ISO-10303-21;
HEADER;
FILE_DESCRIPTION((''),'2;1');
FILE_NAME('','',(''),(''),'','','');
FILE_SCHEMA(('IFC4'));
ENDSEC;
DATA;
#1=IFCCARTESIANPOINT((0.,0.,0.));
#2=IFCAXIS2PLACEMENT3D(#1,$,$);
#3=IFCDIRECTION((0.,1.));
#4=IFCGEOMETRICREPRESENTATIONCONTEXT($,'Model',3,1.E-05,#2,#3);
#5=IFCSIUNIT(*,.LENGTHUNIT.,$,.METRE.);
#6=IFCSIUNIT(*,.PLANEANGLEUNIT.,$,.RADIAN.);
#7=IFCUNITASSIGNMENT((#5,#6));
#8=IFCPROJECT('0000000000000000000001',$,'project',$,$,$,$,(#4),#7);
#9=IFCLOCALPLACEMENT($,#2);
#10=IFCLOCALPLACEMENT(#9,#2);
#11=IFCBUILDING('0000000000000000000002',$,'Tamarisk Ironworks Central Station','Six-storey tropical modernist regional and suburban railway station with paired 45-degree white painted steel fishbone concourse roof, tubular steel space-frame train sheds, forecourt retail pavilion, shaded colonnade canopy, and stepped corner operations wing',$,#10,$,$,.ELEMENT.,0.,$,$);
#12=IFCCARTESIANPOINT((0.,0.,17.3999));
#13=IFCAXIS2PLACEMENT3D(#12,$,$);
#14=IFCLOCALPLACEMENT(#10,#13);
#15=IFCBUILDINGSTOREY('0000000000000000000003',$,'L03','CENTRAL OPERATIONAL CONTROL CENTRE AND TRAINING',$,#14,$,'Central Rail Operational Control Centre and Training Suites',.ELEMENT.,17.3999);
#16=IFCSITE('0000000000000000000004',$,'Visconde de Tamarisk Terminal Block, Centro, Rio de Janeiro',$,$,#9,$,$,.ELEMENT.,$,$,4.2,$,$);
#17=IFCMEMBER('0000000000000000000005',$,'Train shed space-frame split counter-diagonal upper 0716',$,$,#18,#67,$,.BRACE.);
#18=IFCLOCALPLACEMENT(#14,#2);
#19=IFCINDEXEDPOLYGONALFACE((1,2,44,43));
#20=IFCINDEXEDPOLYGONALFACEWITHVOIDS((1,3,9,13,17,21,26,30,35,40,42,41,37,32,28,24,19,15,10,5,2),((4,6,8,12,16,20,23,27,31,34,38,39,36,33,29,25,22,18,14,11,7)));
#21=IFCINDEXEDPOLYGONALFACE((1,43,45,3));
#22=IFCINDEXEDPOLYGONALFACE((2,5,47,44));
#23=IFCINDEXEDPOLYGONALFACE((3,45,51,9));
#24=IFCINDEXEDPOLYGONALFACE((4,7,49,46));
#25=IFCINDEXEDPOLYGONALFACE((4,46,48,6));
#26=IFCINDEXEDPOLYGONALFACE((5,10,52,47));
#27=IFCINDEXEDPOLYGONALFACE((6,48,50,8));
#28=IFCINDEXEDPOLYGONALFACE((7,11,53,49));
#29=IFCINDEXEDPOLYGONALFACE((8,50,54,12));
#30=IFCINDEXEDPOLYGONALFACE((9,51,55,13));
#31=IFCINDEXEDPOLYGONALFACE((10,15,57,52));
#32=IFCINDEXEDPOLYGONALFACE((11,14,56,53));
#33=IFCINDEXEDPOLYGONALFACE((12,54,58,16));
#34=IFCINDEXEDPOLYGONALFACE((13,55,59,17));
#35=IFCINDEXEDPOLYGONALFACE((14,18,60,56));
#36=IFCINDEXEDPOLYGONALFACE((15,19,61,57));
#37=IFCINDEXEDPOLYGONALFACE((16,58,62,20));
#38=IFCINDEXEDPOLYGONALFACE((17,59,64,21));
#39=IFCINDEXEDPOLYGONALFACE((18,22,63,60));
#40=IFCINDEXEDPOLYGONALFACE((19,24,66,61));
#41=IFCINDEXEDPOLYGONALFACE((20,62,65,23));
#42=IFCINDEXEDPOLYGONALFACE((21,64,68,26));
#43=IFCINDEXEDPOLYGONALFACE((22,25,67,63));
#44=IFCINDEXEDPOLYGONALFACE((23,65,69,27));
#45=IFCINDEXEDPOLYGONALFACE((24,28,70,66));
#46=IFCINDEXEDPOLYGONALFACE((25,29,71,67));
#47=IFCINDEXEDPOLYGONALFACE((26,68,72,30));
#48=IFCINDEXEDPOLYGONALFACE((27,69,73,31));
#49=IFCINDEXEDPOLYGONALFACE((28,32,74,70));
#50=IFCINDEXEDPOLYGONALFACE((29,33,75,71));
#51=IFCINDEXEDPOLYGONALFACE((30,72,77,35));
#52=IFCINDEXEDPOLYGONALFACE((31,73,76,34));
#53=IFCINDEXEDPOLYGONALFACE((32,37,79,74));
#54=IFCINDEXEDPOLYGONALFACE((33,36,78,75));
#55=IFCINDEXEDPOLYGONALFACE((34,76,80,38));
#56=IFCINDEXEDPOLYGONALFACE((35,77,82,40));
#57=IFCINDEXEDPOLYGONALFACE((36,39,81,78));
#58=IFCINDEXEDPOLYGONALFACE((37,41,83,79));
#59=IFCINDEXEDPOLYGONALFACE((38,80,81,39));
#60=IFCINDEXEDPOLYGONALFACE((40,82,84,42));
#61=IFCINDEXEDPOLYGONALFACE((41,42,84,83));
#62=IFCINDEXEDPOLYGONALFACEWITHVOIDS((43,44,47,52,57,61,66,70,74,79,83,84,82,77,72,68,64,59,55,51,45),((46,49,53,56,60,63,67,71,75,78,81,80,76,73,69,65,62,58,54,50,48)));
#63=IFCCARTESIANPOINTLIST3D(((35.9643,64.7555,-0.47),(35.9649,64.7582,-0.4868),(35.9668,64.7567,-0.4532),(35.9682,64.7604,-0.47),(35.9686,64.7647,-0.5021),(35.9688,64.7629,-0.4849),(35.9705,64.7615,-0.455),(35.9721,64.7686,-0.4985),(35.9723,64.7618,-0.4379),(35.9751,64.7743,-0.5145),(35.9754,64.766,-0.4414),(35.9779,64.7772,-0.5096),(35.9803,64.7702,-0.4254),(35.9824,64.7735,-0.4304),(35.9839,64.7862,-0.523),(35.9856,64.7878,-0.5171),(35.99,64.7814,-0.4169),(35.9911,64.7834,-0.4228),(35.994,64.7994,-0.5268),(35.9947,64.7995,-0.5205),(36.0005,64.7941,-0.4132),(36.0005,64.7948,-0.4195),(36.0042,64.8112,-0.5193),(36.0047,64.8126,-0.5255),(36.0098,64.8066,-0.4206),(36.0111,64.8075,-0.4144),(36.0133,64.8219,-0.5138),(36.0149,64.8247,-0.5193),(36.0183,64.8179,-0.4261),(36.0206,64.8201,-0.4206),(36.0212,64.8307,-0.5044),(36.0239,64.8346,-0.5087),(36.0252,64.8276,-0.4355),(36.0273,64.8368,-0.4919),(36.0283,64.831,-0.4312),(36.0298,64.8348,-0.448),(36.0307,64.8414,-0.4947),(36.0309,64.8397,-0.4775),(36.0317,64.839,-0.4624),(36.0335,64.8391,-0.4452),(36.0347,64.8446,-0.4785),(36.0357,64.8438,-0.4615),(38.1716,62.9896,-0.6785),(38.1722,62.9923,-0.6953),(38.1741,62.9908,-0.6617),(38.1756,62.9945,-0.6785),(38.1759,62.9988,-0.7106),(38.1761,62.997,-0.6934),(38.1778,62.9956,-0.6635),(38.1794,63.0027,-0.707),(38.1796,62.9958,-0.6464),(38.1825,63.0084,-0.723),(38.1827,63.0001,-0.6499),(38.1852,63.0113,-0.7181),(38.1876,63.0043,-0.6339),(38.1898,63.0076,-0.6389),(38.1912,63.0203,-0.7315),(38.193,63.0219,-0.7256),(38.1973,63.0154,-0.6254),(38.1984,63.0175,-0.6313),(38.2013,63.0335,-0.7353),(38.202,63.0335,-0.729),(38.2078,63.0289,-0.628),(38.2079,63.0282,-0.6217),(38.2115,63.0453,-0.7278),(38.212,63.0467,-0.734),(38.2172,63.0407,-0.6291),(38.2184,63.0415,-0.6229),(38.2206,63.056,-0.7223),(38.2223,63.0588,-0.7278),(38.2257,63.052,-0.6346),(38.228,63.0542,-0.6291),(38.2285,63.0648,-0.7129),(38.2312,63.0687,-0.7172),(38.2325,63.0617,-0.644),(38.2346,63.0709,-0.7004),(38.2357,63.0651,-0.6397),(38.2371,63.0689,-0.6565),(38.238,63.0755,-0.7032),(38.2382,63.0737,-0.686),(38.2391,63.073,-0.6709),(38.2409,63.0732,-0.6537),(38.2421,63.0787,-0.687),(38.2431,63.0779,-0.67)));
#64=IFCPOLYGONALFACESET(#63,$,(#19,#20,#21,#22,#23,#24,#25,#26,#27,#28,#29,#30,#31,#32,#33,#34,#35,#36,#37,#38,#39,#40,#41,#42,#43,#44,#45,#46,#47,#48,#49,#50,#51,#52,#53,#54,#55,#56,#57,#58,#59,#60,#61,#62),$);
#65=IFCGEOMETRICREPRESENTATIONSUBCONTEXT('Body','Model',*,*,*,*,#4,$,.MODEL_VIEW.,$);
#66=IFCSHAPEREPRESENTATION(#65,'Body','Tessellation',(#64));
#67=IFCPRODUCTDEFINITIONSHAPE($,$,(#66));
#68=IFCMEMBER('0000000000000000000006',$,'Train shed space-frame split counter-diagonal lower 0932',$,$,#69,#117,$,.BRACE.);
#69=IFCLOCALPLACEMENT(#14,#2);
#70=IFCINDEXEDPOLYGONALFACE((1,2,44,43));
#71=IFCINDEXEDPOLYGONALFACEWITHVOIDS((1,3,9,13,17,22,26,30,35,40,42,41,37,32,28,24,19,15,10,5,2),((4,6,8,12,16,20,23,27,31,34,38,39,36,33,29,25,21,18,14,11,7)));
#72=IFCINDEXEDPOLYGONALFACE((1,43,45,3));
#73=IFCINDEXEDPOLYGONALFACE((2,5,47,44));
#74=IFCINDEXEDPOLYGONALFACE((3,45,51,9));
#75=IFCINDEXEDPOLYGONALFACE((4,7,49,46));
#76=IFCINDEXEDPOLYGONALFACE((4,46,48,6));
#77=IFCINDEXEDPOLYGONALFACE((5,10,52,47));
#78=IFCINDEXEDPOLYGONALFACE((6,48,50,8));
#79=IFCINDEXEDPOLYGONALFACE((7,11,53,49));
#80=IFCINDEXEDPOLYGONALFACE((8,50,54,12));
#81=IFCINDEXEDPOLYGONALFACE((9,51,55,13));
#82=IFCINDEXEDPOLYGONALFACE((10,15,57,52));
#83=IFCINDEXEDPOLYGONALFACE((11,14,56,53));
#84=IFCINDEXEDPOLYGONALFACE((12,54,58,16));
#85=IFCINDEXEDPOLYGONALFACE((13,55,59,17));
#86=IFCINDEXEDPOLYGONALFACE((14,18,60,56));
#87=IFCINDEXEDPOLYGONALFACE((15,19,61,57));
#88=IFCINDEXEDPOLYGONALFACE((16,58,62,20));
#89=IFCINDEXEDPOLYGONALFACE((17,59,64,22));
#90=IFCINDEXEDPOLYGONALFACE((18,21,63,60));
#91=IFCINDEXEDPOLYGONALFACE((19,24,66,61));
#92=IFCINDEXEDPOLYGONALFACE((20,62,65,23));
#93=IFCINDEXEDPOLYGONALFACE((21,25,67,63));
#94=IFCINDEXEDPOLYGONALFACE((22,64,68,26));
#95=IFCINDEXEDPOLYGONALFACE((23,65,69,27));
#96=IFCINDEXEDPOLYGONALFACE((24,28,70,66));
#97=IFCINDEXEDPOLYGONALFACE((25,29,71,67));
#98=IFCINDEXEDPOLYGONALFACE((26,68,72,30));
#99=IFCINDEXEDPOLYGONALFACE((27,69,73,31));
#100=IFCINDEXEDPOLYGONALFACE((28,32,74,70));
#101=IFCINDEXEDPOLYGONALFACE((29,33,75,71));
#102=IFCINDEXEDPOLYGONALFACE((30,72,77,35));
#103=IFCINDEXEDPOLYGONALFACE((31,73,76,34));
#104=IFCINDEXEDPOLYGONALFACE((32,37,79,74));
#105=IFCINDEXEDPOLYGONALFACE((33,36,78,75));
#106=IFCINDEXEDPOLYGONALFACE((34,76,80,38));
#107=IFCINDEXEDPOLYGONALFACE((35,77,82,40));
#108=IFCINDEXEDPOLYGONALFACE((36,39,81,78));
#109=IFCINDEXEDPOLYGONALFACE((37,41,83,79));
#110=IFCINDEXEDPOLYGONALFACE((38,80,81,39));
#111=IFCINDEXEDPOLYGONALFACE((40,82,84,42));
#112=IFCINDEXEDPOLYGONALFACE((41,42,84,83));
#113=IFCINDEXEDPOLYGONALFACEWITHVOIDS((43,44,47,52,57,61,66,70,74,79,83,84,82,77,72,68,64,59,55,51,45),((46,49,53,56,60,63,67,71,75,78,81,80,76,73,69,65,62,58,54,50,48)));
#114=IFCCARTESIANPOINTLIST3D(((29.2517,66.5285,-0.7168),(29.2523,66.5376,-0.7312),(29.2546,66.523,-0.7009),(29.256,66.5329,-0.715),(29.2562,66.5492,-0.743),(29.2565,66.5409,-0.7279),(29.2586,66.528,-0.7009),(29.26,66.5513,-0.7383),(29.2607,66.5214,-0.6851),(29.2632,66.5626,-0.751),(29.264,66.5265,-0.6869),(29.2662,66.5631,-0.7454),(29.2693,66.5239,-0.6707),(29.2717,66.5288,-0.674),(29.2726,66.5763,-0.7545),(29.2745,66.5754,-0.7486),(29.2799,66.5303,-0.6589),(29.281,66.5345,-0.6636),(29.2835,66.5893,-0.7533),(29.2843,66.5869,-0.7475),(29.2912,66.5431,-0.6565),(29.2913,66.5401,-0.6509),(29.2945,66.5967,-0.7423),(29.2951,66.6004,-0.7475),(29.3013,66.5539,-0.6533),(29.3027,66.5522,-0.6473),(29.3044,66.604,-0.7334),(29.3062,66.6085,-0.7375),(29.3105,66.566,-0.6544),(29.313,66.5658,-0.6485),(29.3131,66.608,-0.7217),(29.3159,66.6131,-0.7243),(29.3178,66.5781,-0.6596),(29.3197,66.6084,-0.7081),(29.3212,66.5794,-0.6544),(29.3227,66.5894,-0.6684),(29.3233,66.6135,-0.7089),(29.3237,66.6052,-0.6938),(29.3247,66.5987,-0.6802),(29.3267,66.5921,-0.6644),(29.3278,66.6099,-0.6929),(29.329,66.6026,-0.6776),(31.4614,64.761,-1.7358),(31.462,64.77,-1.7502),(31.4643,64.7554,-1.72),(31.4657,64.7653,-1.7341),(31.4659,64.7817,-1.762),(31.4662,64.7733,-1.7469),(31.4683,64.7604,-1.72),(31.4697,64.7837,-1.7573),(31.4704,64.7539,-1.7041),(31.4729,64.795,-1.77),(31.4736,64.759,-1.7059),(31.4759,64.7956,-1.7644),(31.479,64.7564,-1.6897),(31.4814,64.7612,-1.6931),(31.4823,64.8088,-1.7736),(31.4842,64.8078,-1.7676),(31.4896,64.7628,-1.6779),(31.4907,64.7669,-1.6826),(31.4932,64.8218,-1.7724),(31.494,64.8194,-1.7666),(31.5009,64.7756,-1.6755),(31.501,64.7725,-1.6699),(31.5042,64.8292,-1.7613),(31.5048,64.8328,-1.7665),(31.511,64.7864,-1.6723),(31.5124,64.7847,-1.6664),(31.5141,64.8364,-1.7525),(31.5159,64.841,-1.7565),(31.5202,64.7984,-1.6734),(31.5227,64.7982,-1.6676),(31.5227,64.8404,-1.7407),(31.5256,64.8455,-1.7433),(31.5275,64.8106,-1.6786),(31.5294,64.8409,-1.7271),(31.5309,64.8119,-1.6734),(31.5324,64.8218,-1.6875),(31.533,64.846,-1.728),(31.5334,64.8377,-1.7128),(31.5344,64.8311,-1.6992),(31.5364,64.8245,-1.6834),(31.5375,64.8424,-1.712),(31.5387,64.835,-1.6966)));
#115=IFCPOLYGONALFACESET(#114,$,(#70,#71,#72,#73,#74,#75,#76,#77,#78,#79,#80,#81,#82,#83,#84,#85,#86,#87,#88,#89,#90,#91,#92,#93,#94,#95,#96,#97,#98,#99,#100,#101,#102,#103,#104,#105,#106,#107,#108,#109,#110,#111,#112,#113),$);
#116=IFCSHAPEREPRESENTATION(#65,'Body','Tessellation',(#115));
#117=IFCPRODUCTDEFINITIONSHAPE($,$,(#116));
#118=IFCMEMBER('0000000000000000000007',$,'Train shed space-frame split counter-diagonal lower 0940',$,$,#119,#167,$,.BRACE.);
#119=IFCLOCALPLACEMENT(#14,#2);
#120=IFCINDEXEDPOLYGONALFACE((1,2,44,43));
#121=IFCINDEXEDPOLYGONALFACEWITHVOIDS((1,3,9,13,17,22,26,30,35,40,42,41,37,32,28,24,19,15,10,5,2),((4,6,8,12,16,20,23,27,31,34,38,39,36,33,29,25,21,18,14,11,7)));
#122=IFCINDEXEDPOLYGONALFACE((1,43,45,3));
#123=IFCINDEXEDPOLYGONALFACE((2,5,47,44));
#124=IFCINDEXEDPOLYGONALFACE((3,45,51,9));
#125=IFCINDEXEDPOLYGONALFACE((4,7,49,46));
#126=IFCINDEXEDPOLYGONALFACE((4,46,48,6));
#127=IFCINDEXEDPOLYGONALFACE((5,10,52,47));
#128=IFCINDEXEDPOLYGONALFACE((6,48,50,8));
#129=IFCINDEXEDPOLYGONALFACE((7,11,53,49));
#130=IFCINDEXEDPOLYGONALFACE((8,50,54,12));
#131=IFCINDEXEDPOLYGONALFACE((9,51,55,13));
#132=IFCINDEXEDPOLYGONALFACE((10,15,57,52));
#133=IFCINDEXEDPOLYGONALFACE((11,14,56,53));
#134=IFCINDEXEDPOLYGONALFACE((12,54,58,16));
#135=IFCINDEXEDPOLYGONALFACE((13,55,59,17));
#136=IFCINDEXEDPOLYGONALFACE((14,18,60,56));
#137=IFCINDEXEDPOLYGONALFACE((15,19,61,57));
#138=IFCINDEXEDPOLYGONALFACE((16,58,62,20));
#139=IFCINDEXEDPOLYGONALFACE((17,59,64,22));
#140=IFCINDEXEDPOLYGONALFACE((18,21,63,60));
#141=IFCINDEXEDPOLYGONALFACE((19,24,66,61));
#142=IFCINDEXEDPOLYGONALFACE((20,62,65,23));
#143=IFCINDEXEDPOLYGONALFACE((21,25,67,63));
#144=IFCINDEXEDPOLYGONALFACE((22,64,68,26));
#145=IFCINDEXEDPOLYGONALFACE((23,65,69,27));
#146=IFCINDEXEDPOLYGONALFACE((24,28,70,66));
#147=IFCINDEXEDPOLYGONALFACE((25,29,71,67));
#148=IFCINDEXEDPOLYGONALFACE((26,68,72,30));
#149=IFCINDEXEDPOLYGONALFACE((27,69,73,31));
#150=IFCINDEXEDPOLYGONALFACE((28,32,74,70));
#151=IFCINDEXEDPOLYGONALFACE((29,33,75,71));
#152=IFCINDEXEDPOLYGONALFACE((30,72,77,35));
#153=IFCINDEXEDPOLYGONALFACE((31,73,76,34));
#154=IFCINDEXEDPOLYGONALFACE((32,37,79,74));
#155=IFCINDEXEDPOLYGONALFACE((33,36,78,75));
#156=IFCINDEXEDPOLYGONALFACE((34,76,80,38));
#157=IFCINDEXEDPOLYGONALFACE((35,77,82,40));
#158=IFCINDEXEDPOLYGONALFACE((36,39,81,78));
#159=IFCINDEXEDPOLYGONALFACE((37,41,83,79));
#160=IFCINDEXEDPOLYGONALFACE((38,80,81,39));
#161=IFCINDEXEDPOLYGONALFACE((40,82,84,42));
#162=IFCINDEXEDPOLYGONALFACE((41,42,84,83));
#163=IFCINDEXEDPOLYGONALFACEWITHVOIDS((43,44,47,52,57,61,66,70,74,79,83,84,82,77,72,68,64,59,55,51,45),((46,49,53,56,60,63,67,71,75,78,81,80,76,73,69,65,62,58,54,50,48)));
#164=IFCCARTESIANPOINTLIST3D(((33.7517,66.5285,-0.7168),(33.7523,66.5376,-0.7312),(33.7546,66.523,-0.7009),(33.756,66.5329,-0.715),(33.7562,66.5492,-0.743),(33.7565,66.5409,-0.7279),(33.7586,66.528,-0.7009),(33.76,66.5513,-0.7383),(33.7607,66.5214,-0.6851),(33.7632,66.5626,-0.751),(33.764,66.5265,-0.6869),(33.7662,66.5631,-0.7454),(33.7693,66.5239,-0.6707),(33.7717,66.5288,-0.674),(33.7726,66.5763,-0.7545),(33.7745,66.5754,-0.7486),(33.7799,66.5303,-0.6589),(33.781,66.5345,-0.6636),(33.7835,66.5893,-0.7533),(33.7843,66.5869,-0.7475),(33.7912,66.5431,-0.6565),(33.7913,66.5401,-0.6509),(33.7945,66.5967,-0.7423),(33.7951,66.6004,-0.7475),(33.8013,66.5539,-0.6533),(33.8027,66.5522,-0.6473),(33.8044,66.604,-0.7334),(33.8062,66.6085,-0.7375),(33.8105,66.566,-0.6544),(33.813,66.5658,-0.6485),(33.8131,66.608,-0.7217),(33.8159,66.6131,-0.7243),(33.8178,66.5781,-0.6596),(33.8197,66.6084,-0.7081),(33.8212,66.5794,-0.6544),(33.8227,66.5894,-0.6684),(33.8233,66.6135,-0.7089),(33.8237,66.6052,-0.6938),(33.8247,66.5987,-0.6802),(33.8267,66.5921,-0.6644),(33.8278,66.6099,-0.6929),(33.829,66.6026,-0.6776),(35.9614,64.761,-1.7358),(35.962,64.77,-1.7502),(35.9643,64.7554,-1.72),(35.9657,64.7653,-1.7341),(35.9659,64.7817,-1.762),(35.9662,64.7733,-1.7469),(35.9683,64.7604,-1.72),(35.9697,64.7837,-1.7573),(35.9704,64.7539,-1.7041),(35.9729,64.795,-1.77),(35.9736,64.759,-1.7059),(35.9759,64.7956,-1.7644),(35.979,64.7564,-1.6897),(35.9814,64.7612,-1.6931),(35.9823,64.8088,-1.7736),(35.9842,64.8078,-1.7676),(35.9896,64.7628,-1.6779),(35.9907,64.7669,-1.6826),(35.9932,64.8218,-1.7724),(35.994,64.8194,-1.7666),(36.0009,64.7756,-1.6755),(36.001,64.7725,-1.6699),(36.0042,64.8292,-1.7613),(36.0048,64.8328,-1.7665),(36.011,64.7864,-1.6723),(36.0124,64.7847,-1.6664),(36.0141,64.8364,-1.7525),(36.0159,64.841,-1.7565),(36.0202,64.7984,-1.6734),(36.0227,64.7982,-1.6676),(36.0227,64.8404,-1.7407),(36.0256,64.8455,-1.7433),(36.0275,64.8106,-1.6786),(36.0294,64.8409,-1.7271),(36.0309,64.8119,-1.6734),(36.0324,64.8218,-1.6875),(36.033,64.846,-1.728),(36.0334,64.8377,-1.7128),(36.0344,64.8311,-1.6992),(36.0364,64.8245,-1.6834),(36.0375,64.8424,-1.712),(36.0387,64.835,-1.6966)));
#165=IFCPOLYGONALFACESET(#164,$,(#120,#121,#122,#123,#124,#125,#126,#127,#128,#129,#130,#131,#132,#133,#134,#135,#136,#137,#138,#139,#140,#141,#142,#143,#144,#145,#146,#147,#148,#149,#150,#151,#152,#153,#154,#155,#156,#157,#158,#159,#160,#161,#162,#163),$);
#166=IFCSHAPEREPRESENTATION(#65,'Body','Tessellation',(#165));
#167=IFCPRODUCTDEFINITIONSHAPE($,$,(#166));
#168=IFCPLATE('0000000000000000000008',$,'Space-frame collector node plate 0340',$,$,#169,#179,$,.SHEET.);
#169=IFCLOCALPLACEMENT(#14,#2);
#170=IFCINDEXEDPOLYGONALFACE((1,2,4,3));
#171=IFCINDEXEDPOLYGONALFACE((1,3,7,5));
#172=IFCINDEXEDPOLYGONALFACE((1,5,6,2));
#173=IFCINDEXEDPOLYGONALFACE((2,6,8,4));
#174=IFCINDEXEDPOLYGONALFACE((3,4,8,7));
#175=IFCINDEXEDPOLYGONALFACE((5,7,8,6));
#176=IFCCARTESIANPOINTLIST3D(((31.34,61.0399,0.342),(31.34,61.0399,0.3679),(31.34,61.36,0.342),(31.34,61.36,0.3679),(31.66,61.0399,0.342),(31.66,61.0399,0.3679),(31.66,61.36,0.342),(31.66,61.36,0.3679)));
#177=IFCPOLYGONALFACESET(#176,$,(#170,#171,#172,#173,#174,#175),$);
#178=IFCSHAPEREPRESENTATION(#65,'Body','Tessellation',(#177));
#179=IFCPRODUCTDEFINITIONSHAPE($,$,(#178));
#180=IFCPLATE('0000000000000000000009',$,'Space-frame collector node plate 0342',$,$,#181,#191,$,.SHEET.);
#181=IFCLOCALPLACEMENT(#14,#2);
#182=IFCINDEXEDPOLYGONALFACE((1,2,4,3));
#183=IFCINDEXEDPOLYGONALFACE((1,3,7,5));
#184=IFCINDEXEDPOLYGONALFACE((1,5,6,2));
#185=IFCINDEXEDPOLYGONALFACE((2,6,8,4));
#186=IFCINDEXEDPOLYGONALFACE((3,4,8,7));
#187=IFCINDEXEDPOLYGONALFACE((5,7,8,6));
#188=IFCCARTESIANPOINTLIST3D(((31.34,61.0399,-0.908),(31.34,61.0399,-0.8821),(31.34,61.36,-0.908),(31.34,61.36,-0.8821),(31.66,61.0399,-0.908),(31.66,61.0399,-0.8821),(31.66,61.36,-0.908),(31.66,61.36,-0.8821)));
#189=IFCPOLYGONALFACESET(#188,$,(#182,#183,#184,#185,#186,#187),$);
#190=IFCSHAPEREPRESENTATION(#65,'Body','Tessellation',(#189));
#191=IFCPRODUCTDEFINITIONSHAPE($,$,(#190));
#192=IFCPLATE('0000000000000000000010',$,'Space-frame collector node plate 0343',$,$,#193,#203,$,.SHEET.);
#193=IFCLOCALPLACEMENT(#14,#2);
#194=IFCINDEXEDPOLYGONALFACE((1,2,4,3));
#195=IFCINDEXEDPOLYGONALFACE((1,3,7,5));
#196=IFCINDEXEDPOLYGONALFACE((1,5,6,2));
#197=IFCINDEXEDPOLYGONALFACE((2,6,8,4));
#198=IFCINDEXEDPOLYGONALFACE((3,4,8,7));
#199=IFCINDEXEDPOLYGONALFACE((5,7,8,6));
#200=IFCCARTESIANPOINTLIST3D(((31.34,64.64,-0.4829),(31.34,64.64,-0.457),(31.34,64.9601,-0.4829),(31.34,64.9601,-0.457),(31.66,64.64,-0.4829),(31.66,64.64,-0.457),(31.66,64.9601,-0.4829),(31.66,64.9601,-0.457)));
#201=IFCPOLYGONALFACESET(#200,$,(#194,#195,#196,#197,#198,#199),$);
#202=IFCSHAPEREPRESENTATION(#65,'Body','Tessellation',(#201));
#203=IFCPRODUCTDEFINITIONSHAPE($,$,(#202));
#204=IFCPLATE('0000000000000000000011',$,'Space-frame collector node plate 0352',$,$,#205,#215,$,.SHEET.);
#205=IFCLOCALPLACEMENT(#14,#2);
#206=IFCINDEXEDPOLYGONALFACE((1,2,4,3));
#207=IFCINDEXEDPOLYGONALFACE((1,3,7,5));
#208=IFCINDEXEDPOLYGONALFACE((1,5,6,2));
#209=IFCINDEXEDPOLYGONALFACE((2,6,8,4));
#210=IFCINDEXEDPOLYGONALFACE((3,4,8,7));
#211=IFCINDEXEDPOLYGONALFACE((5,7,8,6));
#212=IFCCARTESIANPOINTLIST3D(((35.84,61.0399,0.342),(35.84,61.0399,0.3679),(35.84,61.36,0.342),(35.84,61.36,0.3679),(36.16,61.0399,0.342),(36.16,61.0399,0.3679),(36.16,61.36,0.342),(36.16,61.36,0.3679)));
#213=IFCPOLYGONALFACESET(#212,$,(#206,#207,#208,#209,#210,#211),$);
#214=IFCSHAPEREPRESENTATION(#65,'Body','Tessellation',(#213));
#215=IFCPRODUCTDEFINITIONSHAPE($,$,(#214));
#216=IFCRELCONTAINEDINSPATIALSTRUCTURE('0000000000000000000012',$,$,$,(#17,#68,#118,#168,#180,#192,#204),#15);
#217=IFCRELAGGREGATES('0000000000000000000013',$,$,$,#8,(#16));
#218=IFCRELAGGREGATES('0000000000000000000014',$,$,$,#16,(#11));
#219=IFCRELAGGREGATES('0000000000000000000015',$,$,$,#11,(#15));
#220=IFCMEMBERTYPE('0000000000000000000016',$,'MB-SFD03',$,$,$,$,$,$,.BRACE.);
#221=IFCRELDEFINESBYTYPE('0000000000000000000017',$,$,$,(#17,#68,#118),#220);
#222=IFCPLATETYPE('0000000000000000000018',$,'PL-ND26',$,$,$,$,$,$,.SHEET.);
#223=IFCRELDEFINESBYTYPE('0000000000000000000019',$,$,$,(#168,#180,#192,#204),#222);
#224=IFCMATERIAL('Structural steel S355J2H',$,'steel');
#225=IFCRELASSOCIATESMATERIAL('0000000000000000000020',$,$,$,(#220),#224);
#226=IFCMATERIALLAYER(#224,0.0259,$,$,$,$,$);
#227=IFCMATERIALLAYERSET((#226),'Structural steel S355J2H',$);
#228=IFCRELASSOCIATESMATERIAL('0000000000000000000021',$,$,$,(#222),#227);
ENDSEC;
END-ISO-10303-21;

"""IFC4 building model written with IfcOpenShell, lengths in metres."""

from ifc_helpers import new_model, si_unit, direction, frame, origin, origin_2d, place, context, subcontext, project, spatial, rectangle, hollow_circle, extrude, material, layer, layer_set, material_profile, profile_set, type_object, element, save


model = new_model("IFC4")

# Units and contexts
model_context = context("Model", 3, precision=1e-05, world=origin(), true_north=direction((0.0, 1.0)))
body_context = subcontext(model_context, "Body", "Model", "MODEL_VIEW")
ifc_project = project(units=[si_unit("LENGTHUNIT", "METRE"), si_unit("PLANEANGLEUNIT", "RADIAN")], contexts=[model_context])

# Site, building, storey
site_placement = place(None, origin())
site = spatial("IfcSite", under=ifc_project, at=site_placement, Name="Visconde de Tamarisk Terminal Block, Centro, Rio de Janeiro", CompositionType="ELEMENT", RefElevation=4.2)
building_placement = place(site_placement, origin())
building = spatial("IfcBuilding", under=site, at=building_placement, Name="Tamarisk Ironworks Central Station", Description="Six-storey tropical modernist regional and suburban railway station with paired 45-degree white painted steel fishbone concourse roof, tubular steel space-frame train sheds, forecourt retail pavilion, shaded colonnade canopy, and stepped corner operations wing", CompositionType="ELEMENT", ElevationOfRefHeight=0.0)
storey_placement = place(building_placement, frame((0.0, 0.0, 17.3999)))
storey = spatial("IfcBuildingStorey", under=building, at=storey_placement, Name="L03", Description="CENTRAL OPERATIONAL CONTROL CENTRE AND TRAINING", LongName="Central Rail Operational Control Centre and Training Suites", CompositionType="ELEMENT", Elevation=17.3999)

# Members
ifc_material_1 = material(Name="Structural steel S355J2H", Category="steel")
ifc_material_profile_1 = material_profile(ifc_material_1, hollow_circle(Radius=0.0571, WallThickness=0.0063, at=origin_2d()), Name="CHS 114.3x6.3")
ifc_profile_set_1 = profile_set([ifc_material_profile_1], Name="Structural steel S355J2H")
member_type_1 = type_object("IfcMemberType", Name="MB-SFD03", PredefinedType="BRACE", material=ifc_profile_set_1)
member_1_placement = place(storey_placement, frame((38.2073, 63.0342, -0.6785), z_axis=(-0.778745, 0.623013, 0.073559), x_axis=(-0.624706, -0.78086, 0.0)))
element("IfcMember", 1, at=member_1_placement, inside=storey, type_object=member_type_1, Name="Train shed space-frame split counter-diagonal upper 0716", PredefinedType="BRACE", context=body_context, shape_type="SweptSolid", body=[
    extrude(hollow_circle(Radius=0.0571, WallThickness=0.0063, at=origin_2d()), origin(), (0.0, 0.0, 1.0), 2.8345),
])
for number, where, z_axis, x_axis, name in (
    (2, (31.5, 64.8, -1.72), (-0.734712, 0.587705, 0.338823), (-0.624653, -0.780902, 0.0), "Train shed space-frame split counter-diagonal lower 0932"),
    (3, (36.0, 64.8, -1.72), (-0.734712, 0.587705, 0.338823), (-0.624653, -0.780902, 0.0), "Train shed space-frame split counter-diagonal lower 0940"),
):
    element("IfcMember", number, at=place(storey_placement, frame(where, z_axis=z_axis, x_axis=x_axis)), inside=storey, type_object=member_type_1, Name=name, PredefinedType="BRACE", context=body_context, shape_type="SweptSolid", body=[
        extrude(hollow_circle(Radius=0.0571, WallThickness=0.0063, at=origin_2d()), origin(), (0.0, 0.0, 1.0), 3.0076),
    ])

# Plates
ifc_layer = layer(ifc_material_1, 0.0259)
ifc_layer_set = layer_set([ifc_layer], Name="Structural steel S355J2H")
plate_type = type_object("IfcPlateType", Name="PL-ND26", PredefinedType="SHEET", material=ifc_layer_set)
for number, where, z_axis, x_axis, name in (
    (4, (31.5, 61.2, 0.342), (0.0, 0.0, 1.0), (1.0, 0.0, 0.0), "Space-frame collector node plate 0340"),
    (5, (31.5, 61.2, -0.908), (0.0, 0.0, 1.0), (1.0, 0.0, 0.0), "Space-frame collector node plate 0342"),
    (6, (31.5, 64.8, -0.4829), (0.0, 0.0, 1.0), (1.0, 0.0, 0.0), "Space-frame collector node plate 0343"),
    (7, (36.0, 61.2, 0.342), (0.0, 0.0, 1.0), (1.0, 0.0, 0.0), "Space-frame collector node plate 0352"),
):
    element("IfcPlate", number, at=place(storey_placement, frame(where, z_axis=z_axis, x_axis=x_axis)), inside=storey, type_object=plate_type, Name=name, PredefinedType="SHEET", context=body_context, shape_type="SweptSolid", body=[
        extrude(rectangle(XDim=0.3201, YDim=0.3201, at=origin_2d()), origin(), (0.0, 0.0, 1.0), 0.0259),
    ])

save(model, "model.ifc")
